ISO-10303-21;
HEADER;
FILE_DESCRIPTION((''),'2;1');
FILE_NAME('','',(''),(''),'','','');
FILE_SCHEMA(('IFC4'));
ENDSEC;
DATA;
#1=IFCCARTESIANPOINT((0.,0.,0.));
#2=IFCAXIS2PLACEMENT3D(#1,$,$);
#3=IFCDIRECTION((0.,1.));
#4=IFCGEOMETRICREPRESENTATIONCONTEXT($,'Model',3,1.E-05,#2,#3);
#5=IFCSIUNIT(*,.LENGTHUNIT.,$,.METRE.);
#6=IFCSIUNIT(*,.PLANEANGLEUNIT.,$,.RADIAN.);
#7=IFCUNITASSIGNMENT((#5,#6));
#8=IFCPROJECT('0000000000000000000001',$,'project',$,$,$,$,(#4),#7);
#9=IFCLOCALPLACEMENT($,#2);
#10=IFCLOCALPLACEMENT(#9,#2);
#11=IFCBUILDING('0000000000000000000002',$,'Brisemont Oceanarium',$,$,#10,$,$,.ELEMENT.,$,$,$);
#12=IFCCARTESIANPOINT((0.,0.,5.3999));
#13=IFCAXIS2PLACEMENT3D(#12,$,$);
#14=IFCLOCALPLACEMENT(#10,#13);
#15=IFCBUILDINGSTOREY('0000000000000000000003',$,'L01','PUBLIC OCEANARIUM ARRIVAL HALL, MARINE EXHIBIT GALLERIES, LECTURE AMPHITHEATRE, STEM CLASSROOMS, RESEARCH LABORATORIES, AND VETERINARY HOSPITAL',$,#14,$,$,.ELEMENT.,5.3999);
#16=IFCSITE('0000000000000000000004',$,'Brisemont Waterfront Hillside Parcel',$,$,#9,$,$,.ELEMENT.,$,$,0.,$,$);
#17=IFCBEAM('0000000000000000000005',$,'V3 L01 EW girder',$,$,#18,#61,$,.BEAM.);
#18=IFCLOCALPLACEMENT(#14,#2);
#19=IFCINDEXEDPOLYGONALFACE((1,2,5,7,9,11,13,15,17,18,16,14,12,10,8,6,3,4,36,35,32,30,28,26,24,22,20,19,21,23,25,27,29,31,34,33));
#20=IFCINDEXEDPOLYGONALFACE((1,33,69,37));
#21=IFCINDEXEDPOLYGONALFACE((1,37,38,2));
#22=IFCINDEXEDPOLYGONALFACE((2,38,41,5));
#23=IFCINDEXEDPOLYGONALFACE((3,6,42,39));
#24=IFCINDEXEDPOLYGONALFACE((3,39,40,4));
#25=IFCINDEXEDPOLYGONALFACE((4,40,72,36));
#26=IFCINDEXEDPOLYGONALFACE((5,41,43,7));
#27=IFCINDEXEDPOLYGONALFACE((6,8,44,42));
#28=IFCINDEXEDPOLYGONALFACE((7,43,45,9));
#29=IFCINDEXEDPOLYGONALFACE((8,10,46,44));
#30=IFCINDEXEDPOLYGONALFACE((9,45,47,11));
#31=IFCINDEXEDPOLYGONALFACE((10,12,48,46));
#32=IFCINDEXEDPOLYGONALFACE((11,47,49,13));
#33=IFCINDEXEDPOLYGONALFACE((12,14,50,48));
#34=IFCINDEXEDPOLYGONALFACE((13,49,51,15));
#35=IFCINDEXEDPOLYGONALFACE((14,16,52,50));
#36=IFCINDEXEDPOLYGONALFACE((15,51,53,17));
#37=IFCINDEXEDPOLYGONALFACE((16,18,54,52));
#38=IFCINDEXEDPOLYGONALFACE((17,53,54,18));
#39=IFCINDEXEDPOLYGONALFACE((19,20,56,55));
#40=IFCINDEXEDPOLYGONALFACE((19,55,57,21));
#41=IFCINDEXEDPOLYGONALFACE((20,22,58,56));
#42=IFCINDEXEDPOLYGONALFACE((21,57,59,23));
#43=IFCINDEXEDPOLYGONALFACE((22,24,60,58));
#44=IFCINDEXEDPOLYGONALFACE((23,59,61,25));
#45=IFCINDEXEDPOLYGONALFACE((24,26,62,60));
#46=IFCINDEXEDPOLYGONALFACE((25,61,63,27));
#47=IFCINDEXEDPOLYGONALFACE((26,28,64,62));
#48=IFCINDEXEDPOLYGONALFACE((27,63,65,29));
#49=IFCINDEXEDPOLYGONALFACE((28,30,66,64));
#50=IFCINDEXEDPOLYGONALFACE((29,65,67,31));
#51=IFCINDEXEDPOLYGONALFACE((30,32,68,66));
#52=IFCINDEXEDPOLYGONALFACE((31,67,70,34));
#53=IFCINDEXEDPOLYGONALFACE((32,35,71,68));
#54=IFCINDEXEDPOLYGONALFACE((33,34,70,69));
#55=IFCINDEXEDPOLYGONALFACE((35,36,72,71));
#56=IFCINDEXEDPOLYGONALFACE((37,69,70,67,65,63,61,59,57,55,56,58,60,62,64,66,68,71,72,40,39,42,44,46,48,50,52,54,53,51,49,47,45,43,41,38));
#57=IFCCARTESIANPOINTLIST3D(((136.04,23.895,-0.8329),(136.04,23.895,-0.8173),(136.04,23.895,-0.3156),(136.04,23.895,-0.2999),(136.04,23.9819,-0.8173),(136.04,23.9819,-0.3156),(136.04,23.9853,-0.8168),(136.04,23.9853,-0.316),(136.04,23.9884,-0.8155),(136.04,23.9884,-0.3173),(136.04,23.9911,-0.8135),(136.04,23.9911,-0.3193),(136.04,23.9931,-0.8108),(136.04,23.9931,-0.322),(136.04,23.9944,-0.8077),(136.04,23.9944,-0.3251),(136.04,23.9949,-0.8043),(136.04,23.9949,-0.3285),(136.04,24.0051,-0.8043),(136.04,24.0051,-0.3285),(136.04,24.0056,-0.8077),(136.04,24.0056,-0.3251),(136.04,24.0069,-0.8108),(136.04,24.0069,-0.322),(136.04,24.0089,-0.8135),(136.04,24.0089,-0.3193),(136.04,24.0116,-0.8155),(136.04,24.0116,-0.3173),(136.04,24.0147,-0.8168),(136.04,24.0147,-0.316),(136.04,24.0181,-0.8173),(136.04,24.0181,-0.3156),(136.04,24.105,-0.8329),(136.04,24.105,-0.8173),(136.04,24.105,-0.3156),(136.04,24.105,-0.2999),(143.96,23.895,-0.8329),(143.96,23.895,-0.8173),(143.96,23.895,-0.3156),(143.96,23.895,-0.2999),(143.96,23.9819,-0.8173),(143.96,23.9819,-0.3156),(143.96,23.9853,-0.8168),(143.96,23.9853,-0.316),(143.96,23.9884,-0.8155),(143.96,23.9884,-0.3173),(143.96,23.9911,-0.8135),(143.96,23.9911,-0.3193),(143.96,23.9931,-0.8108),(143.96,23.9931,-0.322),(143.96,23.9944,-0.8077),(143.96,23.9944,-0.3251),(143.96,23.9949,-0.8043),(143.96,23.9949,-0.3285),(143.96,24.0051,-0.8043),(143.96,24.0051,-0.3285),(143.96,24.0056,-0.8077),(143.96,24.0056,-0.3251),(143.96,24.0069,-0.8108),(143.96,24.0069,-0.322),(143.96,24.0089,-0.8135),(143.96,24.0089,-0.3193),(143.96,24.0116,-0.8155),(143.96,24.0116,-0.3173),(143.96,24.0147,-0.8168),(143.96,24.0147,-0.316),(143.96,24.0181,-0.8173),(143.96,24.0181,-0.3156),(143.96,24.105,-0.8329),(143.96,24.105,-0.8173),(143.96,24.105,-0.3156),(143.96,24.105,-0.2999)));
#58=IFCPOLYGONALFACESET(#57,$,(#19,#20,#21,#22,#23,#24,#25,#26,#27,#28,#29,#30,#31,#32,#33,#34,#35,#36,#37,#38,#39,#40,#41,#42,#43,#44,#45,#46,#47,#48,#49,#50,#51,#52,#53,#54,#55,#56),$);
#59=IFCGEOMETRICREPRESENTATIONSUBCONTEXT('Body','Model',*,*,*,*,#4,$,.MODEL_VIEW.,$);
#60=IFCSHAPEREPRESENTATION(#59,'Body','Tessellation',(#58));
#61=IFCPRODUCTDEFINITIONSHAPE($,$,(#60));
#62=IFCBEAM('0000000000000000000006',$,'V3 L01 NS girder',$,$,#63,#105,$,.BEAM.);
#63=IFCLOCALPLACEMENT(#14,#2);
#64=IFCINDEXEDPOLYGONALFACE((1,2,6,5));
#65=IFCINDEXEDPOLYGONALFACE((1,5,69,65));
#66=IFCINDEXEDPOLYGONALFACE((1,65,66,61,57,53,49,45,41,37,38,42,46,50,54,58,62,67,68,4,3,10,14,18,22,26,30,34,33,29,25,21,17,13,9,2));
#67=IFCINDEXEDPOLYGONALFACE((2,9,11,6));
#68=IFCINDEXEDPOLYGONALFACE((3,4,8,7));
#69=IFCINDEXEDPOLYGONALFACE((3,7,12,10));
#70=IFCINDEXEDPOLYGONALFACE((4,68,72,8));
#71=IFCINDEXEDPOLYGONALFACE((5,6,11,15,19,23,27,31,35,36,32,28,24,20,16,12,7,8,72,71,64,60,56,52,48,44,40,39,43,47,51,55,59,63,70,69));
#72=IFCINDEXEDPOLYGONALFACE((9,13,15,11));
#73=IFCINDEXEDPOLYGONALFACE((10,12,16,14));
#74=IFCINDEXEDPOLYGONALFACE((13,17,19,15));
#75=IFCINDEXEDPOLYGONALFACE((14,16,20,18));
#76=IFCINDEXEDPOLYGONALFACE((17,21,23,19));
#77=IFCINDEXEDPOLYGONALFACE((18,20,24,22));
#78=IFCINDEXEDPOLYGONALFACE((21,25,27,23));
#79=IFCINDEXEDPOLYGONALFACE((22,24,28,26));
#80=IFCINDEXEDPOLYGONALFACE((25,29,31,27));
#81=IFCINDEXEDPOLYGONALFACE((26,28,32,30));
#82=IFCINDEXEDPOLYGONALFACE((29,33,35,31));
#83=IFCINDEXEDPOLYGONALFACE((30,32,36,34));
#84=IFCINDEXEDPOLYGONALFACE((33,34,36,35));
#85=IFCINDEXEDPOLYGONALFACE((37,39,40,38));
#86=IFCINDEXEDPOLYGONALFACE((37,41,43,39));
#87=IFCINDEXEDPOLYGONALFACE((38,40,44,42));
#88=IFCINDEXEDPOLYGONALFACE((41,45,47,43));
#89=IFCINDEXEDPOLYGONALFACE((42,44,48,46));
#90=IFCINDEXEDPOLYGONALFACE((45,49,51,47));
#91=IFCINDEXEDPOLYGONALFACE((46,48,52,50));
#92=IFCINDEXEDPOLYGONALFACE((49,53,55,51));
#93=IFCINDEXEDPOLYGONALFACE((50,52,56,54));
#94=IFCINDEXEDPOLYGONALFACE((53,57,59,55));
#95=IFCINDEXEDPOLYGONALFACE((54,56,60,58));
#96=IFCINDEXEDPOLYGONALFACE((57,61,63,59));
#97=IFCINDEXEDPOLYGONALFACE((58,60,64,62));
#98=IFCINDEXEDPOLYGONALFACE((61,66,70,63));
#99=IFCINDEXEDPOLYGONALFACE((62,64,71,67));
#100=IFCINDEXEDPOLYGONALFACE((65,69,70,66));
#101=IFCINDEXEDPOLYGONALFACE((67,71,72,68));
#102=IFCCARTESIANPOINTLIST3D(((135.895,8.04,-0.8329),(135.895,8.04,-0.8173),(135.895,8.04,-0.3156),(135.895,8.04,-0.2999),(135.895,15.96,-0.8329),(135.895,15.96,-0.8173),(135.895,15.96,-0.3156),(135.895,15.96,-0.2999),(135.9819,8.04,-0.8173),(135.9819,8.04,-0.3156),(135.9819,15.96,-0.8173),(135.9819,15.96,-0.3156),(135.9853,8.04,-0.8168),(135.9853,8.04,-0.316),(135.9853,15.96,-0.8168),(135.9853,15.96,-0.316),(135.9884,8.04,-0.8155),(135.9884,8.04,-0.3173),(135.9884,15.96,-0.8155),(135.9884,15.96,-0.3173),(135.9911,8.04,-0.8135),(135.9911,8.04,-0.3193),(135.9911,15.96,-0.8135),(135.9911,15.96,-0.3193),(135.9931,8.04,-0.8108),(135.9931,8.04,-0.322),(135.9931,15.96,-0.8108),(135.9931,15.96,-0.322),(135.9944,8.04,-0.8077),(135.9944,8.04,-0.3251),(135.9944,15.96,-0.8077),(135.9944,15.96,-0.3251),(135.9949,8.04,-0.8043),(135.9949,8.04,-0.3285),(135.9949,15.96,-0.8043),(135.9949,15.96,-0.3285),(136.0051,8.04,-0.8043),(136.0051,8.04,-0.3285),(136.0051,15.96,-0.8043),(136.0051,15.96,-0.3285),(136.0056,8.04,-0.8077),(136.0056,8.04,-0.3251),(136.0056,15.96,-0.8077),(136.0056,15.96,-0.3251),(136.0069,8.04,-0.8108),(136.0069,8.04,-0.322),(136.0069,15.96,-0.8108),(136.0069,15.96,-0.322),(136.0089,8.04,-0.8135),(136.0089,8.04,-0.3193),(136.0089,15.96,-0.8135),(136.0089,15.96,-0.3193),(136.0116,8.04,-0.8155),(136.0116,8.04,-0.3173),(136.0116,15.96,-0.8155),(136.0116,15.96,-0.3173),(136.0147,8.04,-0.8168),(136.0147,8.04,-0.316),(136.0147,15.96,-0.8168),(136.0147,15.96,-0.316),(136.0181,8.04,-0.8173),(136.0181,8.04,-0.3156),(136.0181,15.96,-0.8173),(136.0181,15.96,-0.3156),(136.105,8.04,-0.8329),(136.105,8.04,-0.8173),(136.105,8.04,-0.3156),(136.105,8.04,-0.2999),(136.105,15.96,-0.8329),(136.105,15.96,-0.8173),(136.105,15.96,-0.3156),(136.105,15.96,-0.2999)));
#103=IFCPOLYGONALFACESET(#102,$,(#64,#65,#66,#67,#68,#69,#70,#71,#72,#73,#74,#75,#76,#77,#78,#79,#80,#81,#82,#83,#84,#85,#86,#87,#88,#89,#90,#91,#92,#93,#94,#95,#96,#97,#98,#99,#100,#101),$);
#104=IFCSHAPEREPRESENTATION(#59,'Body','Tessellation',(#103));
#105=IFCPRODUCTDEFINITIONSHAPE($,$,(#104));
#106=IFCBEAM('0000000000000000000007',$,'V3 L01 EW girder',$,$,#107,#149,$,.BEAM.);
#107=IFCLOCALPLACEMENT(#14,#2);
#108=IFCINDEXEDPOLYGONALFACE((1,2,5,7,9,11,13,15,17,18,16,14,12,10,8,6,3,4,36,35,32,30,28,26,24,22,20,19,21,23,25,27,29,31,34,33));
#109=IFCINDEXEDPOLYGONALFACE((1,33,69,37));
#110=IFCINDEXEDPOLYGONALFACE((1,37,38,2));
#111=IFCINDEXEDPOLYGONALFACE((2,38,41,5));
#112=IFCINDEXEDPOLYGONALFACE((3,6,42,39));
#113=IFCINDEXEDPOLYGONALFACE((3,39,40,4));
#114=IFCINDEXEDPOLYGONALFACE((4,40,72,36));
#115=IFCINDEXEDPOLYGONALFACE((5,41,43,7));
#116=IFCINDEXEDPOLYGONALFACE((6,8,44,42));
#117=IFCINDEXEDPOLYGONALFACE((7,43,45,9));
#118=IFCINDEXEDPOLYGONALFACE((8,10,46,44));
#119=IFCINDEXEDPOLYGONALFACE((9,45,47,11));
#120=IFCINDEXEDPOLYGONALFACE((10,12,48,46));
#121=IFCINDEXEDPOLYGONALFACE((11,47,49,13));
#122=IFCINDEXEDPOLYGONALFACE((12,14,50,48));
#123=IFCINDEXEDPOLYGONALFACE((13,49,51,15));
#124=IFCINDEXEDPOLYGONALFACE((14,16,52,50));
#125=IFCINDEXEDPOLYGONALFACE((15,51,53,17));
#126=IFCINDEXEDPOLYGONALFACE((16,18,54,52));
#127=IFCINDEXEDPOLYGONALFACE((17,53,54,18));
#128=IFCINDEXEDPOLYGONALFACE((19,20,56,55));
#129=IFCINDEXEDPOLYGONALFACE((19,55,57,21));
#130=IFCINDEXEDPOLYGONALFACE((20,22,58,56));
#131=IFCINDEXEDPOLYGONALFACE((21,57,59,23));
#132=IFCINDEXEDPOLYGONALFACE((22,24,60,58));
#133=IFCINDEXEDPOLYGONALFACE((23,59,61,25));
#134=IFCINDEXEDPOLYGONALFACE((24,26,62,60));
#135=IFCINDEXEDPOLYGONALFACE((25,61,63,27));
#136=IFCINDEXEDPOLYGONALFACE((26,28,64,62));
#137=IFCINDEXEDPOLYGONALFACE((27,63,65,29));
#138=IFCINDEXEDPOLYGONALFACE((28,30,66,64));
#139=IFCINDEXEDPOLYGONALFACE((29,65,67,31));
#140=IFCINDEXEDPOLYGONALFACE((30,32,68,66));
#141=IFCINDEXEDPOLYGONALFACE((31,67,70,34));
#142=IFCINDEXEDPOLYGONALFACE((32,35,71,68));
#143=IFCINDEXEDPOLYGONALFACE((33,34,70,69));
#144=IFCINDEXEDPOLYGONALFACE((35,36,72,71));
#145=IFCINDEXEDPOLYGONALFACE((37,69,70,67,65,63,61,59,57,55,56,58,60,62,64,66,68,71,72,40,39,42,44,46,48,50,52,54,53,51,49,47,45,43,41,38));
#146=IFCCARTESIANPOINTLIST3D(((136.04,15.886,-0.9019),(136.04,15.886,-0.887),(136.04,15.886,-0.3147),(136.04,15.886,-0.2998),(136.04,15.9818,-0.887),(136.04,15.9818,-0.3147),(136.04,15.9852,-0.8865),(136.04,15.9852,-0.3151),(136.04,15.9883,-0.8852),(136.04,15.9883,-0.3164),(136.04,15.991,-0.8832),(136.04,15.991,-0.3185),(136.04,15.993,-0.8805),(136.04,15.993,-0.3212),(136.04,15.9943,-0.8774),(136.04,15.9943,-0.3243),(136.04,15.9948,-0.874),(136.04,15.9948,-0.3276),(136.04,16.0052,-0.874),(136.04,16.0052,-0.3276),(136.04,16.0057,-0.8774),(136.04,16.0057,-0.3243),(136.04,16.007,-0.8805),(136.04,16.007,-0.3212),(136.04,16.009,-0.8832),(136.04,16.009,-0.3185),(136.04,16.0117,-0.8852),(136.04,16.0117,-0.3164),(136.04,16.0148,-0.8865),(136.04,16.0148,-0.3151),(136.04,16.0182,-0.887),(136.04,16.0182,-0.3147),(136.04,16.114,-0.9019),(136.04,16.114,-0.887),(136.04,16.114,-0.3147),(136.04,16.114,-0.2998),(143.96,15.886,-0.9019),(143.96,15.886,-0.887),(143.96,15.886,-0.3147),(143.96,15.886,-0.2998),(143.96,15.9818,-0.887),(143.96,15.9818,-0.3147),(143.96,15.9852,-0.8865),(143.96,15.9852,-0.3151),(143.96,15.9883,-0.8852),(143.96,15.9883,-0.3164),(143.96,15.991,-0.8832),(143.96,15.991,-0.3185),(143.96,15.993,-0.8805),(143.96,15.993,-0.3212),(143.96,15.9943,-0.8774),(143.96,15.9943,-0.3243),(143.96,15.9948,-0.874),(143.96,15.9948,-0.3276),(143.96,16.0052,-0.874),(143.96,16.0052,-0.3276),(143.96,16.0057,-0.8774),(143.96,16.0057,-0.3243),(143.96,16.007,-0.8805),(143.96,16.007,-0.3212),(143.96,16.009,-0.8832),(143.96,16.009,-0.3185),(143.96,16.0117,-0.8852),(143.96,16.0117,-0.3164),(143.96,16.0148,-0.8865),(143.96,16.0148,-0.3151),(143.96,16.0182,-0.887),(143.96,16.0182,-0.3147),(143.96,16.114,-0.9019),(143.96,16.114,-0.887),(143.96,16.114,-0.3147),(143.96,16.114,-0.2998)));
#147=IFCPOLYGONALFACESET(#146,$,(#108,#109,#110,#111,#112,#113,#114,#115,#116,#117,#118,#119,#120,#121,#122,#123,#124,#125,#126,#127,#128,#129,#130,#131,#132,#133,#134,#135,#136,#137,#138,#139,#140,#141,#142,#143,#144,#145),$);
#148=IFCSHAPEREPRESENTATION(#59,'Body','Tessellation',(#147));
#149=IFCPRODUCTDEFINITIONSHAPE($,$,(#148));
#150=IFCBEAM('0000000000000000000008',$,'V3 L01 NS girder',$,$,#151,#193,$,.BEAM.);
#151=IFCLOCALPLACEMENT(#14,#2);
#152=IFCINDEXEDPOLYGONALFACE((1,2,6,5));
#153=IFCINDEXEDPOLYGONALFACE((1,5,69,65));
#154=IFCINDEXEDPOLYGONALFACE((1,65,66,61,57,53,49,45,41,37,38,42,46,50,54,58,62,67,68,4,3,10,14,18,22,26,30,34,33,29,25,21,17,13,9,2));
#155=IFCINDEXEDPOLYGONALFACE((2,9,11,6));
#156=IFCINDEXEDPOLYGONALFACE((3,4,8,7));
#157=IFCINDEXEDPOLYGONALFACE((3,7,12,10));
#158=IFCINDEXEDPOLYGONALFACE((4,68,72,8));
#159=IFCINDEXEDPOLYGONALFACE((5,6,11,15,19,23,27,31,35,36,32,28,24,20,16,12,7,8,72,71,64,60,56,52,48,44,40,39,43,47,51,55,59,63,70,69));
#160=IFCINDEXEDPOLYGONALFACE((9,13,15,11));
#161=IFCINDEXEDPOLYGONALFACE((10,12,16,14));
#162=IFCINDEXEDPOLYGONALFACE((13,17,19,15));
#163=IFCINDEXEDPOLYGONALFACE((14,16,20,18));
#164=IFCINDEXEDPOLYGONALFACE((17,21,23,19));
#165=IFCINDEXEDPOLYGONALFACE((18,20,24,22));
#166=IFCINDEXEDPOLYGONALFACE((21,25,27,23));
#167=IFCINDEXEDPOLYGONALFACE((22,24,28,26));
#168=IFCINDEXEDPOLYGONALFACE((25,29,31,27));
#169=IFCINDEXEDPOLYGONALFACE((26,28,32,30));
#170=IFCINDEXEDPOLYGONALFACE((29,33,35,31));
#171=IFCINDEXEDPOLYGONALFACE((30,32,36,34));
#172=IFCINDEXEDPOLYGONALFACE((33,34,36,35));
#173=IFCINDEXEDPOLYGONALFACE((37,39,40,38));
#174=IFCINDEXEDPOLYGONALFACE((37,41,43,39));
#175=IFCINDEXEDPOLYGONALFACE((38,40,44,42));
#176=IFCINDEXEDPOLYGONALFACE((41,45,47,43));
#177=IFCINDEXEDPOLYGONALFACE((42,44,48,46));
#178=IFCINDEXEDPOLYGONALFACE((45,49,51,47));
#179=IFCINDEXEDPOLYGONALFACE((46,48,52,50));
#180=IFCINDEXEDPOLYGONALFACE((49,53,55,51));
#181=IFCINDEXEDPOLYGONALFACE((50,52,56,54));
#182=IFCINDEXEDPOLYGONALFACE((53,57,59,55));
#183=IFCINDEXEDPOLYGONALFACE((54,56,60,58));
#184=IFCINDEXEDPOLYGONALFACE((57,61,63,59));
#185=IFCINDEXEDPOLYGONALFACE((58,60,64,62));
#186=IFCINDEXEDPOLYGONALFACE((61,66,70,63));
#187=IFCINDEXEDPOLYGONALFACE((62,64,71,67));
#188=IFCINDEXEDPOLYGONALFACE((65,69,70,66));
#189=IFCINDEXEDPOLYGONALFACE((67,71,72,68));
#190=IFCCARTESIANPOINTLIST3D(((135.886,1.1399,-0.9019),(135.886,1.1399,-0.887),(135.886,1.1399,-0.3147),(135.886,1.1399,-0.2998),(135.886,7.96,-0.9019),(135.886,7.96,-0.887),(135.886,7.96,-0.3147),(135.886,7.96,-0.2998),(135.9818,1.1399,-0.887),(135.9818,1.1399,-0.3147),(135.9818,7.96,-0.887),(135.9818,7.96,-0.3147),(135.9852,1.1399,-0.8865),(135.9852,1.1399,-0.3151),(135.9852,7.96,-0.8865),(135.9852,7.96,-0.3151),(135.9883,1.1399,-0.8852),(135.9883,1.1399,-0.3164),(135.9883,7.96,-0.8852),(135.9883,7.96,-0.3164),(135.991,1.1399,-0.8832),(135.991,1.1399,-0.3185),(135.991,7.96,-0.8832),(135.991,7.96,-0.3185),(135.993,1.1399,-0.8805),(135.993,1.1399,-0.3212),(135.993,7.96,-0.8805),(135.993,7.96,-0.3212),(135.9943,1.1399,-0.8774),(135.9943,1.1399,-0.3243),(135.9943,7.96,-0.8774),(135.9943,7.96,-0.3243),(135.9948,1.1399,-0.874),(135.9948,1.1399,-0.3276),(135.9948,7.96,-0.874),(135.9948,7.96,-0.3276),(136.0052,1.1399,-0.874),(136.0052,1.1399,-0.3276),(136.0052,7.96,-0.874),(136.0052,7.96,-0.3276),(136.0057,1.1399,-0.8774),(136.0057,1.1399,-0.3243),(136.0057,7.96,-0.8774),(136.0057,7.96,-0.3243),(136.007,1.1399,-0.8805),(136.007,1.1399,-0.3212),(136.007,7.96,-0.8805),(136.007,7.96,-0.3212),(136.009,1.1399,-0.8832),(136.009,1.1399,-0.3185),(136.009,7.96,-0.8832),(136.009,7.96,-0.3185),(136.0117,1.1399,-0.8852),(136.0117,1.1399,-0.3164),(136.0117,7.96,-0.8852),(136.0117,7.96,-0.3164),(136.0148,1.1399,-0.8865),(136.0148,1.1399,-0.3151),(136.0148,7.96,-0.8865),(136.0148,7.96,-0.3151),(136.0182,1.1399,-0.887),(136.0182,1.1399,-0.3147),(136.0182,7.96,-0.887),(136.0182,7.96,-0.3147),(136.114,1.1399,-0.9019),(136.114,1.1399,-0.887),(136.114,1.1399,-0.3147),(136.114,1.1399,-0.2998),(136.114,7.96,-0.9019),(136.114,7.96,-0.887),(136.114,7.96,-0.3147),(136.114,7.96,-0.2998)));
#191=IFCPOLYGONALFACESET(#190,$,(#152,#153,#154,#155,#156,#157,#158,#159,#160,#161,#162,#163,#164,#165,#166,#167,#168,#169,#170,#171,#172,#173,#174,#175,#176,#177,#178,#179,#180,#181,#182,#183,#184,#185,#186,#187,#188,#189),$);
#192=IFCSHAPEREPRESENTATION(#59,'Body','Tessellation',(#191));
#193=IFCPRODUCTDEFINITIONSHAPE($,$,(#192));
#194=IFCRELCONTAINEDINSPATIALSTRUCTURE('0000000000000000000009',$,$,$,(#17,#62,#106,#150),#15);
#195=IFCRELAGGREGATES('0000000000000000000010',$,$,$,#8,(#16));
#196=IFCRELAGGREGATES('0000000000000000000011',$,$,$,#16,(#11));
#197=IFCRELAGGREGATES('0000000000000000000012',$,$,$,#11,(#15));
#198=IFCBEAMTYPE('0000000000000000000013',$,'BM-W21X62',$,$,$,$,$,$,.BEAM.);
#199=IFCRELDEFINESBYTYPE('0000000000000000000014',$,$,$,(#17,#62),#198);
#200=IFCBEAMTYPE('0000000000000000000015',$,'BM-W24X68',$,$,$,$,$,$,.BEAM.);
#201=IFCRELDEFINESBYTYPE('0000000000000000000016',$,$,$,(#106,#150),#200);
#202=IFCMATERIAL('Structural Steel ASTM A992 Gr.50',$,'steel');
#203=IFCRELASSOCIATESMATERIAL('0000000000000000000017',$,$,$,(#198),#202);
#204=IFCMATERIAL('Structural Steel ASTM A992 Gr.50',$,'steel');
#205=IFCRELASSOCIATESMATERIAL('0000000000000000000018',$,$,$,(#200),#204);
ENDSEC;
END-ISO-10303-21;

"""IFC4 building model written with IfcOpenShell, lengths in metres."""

from ifc_helpers import new_model, si_unit, direction, frame, origin, origin_2d, place, context, subcontext, project, spatial, i_section, extrude, material, material_profile, profile_set, type_object, element, save


model = new_model("IFC4")

# Units and contexts
model_context = context("Model", 3, precision=1e-05, world=origin(), true_north=direction((0.0, 1.0)))
body_context = subcontext(model_context, "Body", "Model", "MODEL_VIEW")
ifc_project = project(units=[si_unit("LENGTHUNIT", "METRE"), si_unit("PLANEANGLEUNIT", "RADIAN")], contexts=[model_context])

# Site, building, storey
site_placement = place(None, origin())
site = spatial("IfcSite", under=ifc_project, at=site_placement, Name="Brisemont Waterfront Hillside Parcel", CompositionType="ELEMENT", RefElevation=0.0)
building_placement = place(site_placement, origin())
building = spatial("IfcBuilding", under=site, at=building_placement, Name="Brisemont Oceanarium", CompositionType="ELEMENT")
storey_placement = place(building_placement, frame((0.0, 0.0, 5.3999)))
storey = spatial("IfcBuildingStorey", under=building, at=storey_placement, Name="L01", Description="PUBLIC OCEANARIUM ARRIVAL HALL, MARINE EXHIBIT GALLERIES, LECTURE AMPHITHEATRE, STEM CLASSROOMS, RESEARCH LABORATORIES, AND VETERINARY HOSPITAL", CompositionType="ELEMENT", Elevation=5.3999)

# Beams
ifc_material_1 = material(Name="Structural Steel ASTM A992 Gr.50", Category="steel")
ifc_material_profile_1 = material_profile(ifc_material_1, i_section(OverallWidth=0.21, OverallDepth=0.533, WebThickness=0.0103, FlangeThickness=0.0156, FilletRadius=0.0129, at=origin_2d()), Name="W21X62")
ifc_profile_set_1 = profile_set([ifc_material_profile_1], Name="Structural Steel ASTM A992 Gr.50")
beam_type_1 = type_object("IfcBeamType", Name="BM-W21X62", PredefinedType="BEAM", material=ifc_profile_set_1)
for number, where, z_axis, x_axis, name in (
    (1, (136.04, 24.0, -0.5664), (1.0, 0.0, 0.0), (0.0, 1.0, 0.0), "V3 L01 EW girder"),
    (2, (136.0, 8.04, -0.5664), (0.0, 1.0, 0.0), (-1.0, 0.0, 0.0), "V3 L01 NS girder"),
):
    element("IfcBeam", number, at=place(storey_placement, frame(where, z_axis=z_axis, x_axis=x_axis)), inside=storey, type_object=beam_type_1, Name=name, PredefinedType="BEAM", context=body_context, shape_type="SweptSolid", body=[
        extrude(i_section(OverallWidth=0.21, OverallDepth=0.533, WebThickness=0.0103, FlangeThickness=0.0156, FilletRadius=0.0129, at=origin_2d()), origin(), (0.0, 0.0, 1.0), 7.9199),
    ])
ifc_material_2 = material(Name="Structural Steel ASTM A992 Gr.50", Category="steel")
ifc_material_profile_2 = material_profile(ifc_material_2, i_section(OverallWidth=0.228, OverallDepth=0.6021, WebThickness=0.0105, FlangeThickness=0.0149, FilletRadius=0.0129, at=origin_2d()), Name="W24X68")
ifc_profile_set_2 = profile_set([ifc_material_profile_2], Name="Structural Steel ASTM A992 Gr.50")
beam_type_2 = type_object("IfcBeamType", Name="BM-W24X68", PredefinedType="BEAM", material=ifc_profile_set_2)
beam_1_placement = place(storey_placement, frame((136.04, 16.0, -0.6008), z_axis=(1.0, 0.0, 0.0), x_axis=(0.0, 1.0, 0.0)))
element("IfcBeam", 3, at=beam_1_placement, inside=storey, type_object=beam_type_2, Name="V3 L01 EW girder", PredefinedType="BEAM", context=body_context, shape_type="SweptSolid", body=[
    extrude(i_section(OverallWidth=0.228, OverallDepth=0.6021, WebThickness=0.0105, FlangeThickness=0.0149, FilletRadius=0.0129, at=origin_2d()), origin(), (0.0, 0.0, 1.0), 7.9199),
])
beam_2_placement = place(storey_placement, frame((136.0, 1.1399, -0.6008), z_axis=(0.0, 1.0, 0.0), x_axis=(-1.0, 0.0, 0.0)))
element("IfcBeam", 4, at=beam_2_placement, inside=storey, type_object=beam_type_2, Name="V3 L01 NS girder", PredefinedType="BEAM", context=body_context, shape_type="SweptSolid", body=[
    extrude(i_section(OverallWidth=0.228, OverallDepth=0.6021, WebThickness=0.0105, FlangeThickness=0.0149, FilletRadius=0.0129, at=origin_2d()), origin(), (0.0, 0.0, 1.0), 6.8201),
])

save(model, "model.ifc")
